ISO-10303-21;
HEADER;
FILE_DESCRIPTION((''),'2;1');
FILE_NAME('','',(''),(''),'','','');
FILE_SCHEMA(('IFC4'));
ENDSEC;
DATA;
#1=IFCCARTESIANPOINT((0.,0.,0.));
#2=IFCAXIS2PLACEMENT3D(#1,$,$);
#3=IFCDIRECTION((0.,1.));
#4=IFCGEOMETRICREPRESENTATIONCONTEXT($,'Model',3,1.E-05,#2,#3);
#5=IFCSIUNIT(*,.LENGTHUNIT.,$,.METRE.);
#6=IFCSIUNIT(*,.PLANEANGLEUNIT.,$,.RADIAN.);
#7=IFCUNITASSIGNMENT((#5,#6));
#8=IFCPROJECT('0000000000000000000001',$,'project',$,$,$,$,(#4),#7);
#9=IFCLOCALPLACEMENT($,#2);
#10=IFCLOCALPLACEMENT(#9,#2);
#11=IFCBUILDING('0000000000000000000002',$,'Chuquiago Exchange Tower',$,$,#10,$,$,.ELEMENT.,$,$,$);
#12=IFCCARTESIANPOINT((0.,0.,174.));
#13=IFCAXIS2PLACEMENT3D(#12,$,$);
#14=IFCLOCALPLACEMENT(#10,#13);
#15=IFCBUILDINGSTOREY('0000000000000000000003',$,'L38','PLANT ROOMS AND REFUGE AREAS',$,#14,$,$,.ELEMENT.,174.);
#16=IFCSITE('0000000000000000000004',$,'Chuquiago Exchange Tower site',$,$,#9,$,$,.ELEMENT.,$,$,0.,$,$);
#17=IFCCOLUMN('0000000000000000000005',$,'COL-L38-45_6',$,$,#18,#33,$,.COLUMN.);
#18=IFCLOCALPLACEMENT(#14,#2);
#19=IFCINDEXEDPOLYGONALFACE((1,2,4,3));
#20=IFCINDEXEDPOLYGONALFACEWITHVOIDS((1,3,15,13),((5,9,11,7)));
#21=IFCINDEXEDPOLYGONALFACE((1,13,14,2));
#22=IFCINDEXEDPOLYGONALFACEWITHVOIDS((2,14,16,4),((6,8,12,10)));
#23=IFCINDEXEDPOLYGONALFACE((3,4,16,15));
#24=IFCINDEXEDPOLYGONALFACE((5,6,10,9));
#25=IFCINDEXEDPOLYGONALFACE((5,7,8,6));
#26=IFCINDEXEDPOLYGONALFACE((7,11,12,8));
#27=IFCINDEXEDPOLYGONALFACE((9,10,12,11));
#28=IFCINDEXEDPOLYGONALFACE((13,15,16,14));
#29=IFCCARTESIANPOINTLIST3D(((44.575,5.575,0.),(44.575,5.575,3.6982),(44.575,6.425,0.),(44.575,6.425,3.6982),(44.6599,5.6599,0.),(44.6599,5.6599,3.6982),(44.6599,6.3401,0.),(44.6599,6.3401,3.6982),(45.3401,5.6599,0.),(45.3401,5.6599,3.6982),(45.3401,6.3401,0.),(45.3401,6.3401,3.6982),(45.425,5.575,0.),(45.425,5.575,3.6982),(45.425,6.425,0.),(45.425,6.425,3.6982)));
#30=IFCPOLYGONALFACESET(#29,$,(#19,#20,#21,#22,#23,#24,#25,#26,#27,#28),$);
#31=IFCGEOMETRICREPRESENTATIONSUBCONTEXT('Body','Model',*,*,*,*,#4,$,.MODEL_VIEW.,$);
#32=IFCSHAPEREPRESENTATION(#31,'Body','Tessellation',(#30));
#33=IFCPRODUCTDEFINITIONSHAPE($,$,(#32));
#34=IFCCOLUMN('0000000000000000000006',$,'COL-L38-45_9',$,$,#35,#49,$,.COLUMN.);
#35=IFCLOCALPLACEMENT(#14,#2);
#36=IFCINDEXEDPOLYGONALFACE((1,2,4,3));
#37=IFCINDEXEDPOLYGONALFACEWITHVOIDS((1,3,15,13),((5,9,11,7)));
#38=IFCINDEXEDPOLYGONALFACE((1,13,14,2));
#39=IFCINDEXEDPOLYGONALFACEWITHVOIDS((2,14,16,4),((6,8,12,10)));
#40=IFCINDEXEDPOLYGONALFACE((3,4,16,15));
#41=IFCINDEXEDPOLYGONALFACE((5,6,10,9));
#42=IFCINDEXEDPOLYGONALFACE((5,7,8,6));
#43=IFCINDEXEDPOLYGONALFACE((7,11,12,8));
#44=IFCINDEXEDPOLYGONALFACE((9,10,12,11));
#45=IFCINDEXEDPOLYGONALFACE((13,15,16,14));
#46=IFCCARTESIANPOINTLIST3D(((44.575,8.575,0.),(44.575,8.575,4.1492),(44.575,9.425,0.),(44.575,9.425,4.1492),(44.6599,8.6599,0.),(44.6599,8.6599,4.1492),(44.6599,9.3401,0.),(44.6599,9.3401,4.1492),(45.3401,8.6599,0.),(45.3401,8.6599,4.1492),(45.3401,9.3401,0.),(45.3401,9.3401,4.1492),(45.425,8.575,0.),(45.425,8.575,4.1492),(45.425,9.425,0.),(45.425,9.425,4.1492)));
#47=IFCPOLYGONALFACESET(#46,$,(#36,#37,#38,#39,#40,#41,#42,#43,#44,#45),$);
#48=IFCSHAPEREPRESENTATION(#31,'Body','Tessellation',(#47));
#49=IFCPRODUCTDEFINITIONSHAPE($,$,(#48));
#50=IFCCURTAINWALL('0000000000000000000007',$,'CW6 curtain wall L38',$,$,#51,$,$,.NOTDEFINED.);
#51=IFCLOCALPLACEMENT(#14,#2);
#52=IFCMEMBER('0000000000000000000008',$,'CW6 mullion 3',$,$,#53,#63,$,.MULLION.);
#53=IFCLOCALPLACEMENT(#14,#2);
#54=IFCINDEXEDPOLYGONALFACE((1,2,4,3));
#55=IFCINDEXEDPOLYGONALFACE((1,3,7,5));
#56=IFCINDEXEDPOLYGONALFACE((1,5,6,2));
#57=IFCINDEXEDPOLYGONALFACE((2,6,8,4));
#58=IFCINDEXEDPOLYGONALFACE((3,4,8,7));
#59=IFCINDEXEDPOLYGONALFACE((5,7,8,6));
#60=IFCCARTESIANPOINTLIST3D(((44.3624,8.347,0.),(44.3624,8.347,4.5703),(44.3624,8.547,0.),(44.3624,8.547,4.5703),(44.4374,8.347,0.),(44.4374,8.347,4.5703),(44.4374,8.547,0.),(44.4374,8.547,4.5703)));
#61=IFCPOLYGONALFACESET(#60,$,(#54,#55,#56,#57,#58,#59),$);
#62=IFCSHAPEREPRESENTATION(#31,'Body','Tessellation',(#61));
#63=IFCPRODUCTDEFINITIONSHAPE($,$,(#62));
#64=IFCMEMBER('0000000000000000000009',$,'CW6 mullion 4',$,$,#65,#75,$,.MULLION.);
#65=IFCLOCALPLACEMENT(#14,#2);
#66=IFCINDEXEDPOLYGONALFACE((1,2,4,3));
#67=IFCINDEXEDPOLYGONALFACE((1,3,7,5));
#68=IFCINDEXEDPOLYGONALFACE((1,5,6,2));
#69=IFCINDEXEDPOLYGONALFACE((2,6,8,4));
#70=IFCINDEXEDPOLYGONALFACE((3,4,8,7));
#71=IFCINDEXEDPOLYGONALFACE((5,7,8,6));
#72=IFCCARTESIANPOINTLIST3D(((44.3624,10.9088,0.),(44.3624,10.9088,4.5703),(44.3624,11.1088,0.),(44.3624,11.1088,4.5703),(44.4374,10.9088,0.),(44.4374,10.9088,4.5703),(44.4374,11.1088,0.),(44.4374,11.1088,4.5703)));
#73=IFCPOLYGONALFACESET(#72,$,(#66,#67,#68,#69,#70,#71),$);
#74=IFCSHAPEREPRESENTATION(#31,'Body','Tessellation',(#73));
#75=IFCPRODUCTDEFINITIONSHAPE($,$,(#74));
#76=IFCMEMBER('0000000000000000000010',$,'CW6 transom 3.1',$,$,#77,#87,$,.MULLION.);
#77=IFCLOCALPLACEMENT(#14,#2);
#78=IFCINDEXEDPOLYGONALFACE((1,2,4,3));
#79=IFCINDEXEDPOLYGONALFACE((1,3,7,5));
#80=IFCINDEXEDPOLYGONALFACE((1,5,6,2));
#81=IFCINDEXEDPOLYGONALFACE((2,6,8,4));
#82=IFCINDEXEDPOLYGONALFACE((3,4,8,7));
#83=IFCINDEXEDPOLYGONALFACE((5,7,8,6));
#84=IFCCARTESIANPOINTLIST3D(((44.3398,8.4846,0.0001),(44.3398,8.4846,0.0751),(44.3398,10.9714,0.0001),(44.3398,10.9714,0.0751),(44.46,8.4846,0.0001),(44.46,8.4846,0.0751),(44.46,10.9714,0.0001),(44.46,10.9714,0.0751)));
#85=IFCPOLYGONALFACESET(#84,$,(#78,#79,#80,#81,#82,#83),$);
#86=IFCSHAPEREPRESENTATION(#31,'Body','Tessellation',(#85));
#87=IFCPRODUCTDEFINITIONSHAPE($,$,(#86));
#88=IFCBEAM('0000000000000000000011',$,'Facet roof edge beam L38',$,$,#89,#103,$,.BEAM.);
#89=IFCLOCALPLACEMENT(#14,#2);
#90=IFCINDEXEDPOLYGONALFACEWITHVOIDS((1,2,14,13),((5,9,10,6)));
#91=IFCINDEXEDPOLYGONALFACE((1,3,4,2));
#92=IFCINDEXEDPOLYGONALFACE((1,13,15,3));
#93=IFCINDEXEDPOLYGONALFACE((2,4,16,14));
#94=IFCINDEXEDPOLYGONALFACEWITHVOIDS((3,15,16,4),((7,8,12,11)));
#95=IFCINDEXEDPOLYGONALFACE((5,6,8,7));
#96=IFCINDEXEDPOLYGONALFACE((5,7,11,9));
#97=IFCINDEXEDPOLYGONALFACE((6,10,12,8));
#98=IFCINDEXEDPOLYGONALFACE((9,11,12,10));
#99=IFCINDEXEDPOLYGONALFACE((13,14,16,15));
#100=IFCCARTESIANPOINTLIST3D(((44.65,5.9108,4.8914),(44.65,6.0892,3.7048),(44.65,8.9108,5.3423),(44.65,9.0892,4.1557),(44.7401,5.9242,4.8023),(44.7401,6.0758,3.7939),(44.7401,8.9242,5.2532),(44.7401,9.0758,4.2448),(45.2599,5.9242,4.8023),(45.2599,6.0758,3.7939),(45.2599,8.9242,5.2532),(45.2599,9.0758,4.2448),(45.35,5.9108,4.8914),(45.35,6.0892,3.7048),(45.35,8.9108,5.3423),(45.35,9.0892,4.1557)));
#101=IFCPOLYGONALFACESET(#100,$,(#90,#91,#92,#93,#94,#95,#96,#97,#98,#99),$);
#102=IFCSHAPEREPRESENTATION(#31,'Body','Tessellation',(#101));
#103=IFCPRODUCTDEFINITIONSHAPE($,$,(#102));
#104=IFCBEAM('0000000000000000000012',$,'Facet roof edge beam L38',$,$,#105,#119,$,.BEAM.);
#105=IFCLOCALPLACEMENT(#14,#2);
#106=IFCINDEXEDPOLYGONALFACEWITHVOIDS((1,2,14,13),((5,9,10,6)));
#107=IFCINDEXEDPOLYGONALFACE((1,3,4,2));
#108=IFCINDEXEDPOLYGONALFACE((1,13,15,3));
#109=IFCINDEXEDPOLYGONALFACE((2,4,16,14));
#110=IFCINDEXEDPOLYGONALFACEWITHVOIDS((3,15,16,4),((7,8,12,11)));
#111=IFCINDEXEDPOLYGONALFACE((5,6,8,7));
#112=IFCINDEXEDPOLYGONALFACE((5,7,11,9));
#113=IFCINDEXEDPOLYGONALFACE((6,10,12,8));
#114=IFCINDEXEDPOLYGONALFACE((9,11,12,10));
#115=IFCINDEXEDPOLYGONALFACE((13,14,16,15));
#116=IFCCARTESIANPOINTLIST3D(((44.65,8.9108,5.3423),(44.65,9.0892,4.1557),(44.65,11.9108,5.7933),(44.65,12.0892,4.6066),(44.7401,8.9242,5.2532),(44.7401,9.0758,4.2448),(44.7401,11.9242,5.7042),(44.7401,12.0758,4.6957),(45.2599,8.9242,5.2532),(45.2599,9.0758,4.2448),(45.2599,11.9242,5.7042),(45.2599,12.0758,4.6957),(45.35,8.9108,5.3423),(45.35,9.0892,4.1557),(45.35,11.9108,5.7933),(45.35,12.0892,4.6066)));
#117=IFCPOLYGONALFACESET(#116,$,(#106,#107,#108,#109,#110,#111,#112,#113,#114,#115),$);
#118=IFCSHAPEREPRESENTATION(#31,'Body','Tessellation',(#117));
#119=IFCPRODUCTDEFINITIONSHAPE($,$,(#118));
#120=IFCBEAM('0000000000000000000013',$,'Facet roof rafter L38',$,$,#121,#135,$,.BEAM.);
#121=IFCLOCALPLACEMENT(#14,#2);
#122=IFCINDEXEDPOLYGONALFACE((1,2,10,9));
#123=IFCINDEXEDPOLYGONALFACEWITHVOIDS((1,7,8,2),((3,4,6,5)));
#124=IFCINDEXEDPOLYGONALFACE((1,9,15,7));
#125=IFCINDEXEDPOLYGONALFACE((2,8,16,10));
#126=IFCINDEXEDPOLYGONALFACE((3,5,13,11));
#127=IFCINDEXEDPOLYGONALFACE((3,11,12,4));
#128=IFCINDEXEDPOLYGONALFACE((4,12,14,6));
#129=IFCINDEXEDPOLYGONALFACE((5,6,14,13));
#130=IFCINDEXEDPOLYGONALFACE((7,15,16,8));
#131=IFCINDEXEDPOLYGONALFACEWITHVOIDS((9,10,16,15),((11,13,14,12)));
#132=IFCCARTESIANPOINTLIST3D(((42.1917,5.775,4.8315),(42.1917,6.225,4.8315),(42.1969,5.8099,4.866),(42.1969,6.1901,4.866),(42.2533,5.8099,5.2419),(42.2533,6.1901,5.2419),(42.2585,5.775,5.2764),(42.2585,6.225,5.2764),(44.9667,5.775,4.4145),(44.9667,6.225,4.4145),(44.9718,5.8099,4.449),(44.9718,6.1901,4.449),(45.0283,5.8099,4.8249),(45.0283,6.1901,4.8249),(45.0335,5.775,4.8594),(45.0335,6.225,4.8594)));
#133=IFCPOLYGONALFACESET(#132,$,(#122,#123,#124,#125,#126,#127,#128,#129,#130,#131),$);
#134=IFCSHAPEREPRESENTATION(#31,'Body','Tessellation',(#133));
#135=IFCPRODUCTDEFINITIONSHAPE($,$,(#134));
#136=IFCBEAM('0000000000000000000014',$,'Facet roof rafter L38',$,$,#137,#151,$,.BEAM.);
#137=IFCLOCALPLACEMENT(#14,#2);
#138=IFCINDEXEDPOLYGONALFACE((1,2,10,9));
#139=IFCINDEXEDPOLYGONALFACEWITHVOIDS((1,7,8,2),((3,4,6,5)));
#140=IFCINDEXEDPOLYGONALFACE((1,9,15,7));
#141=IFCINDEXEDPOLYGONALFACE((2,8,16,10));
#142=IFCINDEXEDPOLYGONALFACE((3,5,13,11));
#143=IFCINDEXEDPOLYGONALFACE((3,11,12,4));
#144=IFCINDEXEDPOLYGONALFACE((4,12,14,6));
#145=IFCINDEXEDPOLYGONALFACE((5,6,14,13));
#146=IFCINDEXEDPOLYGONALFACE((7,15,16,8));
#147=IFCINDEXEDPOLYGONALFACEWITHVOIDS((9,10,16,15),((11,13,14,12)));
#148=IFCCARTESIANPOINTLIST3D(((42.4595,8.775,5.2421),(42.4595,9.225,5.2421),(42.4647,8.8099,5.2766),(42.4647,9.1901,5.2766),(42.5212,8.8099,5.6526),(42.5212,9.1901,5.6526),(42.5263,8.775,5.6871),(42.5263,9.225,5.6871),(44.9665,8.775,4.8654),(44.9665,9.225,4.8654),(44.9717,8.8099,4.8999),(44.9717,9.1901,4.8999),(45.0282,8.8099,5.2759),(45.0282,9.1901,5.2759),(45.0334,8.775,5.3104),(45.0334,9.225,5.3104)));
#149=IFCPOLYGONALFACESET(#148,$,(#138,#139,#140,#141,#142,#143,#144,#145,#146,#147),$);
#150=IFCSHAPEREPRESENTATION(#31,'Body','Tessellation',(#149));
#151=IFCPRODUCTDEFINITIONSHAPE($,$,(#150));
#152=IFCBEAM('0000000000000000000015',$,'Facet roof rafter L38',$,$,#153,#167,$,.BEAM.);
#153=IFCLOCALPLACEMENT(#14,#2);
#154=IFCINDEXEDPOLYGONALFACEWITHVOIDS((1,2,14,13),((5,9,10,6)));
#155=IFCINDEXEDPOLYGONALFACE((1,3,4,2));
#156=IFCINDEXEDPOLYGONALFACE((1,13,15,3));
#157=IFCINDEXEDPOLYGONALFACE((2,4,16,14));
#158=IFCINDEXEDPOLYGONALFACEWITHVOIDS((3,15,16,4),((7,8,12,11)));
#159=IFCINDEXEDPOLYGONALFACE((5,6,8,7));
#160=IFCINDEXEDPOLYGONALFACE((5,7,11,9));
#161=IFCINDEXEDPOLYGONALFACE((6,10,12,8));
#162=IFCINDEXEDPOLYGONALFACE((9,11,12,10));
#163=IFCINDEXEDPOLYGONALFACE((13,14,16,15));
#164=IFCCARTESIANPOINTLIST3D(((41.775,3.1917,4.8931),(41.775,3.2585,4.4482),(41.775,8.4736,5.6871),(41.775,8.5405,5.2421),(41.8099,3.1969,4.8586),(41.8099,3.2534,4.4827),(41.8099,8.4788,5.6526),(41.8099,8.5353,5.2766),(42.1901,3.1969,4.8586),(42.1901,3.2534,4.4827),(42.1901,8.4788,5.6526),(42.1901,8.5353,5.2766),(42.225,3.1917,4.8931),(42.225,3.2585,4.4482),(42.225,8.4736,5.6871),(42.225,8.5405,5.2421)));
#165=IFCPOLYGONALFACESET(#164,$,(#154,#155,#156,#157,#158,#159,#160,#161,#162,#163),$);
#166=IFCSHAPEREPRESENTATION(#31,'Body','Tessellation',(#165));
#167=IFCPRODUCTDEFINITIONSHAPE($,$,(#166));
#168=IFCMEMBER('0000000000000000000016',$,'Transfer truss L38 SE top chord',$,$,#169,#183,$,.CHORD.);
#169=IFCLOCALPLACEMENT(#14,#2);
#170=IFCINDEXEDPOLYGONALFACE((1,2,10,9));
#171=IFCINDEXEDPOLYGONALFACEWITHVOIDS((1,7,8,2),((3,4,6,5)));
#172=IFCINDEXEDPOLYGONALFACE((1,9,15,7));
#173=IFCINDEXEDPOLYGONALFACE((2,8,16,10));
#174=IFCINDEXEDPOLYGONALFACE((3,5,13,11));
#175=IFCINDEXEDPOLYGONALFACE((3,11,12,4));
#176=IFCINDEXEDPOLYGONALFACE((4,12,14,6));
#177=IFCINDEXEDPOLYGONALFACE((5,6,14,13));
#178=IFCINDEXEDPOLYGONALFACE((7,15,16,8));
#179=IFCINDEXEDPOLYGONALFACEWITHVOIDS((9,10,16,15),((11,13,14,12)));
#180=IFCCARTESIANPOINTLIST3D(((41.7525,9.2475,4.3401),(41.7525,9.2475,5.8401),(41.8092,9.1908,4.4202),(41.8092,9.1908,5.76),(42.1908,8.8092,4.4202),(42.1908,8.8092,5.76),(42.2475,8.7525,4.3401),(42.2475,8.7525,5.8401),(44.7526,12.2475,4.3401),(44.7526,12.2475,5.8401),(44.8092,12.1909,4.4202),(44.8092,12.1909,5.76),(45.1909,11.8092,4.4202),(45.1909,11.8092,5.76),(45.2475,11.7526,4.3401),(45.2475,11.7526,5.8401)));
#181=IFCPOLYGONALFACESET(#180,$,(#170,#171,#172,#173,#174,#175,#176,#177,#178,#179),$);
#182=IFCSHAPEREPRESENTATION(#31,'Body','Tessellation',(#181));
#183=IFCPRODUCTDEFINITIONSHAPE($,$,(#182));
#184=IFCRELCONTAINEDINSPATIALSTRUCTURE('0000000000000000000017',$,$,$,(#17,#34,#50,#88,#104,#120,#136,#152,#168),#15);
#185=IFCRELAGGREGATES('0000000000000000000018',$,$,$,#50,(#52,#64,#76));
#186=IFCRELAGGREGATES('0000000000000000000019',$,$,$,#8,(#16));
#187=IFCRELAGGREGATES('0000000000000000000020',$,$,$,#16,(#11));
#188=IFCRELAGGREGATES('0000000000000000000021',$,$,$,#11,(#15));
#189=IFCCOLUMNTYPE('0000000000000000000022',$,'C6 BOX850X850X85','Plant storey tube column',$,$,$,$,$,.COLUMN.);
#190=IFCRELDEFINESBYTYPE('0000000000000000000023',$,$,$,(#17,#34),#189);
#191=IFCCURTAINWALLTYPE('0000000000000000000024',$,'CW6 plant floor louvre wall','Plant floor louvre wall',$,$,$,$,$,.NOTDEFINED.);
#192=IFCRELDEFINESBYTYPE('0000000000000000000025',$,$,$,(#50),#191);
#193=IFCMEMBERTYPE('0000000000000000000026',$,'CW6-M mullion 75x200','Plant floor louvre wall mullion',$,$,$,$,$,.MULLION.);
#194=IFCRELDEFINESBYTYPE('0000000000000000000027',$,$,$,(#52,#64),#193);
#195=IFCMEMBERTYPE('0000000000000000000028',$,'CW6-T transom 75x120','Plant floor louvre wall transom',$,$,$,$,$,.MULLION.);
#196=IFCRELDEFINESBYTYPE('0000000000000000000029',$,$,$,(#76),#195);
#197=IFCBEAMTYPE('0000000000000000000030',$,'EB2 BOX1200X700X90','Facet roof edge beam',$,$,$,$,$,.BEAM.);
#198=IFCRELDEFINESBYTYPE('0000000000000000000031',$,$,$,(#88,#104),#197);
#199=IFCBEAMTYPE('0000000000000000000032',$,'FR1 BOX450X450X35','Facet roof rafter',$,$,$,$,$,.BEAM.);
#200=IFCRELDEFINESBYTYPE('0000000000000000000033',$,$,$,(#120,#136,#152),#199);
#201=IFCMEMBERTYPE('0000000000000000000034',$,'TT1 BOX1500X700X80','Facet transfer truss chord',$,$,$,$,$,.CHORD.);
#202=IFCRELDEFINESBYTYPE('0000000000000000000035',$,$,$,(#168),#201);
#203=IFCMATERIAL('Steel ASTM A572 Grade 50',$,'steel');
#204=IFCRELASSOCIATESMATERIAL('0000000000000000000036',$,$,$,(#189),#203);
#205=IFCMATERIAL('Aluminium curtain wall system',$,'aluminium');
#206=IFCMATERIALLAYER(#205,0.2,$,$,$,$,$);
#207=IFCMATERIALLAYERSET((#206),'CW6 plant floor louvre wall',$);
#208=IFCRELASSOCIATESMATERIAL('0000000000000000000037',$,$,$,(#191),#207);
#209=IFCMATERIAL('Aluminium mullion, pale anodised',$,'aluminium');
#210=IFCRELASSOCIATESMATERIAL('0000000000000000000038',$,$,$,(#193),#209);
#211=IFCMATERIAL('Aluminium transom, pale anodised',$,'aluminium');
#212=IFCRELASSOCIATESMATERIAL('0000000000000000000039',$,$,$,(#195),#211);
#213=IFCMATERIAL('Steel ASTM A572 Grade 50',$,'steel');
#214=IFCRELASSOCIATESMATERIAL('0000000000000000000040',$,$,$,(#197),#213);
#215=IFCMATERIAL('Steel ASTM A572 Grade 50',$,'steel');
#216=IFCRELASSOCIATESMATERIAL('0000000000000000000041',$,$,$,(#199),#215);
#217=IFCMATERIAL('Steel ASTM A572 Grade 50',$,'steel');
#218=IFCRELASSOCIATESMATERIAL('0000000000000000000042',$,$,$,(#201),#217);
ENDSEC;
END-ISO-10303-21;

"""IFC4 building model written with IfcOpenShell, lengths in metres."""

from ifc_helpers import new_model, si_unit, direction, frame, origin, origin_2d, place, context, subcontext, project, spatial, rectangle, hollow_rectangle, extrude, material, layer, layer_set, material_profile, profile_set, type_object, element, aggregate, save


model = new_model("IFC4")

# Units and contexts
model_context = context("Model", 3, precision=1e-05, world=origin(), true_north=direction((0.0, 1.0)))
body_context = subcontext(model_context, "Body", "Model", "MODEL_VIEW")
ifc_project = project(units=[si_unit("LENGTHUNIT", "METRE"), si_unit("PLANEANGLEUNIT", "RADIAN")], contexts=[model_context])

# Site, building, storey
site_placement = place(None, origin())
site = spatial("IfcSite", under=ifc_project, at=site_placement, Name="Chuquiago Exchange Tower site", CompositionType="ELEMENT", RefElevation=0.0)
building_placement = place(site_placement, origin())
building = spatial("IfcBuilding", under=site, at=building_placement, Name="Chuquiago Exchange Tower", CompositionType="ELEMENT")
storey_placement = place(building_placement, frame((0.0, 0.0, 174.0)))
storey = spatial("IfcBuildingStorey", under=building, at=storey_placement, Name="L38", Description="PLANT ROOMS AND REFUGE AREAS", CompositionType="ELEMENT", Elevation=174.0)

# Columns
ifc_material_1 = material(Name="Steel ASTM A572 Grade 50", Category="steel")
ifc_material_profile_1 = material_profile(ifc_material_1, hollow_rectangle(XDim=0.8501, YDim=0.8501, WallThickness=0.085, at=origin_2d()), Name="BOX850X850X85")
ifc_profile_set_1 = profile_set([ifc_material_profile_1], Name="Steel ASTM A572 Grade 50")
column_type = type_object("IfcColumnType", Name="C6 BOX850X850X85", Description="Plant storey tube column", PredefinedType="COLUMN", material=ifc_profile_set_1)
column_1_placement = place(storey_placement, frame((45.0, 6.0, 0.0), z_axis=(0.0, 0.0, 1.0), x_axis=(1.0, 0.0, 0.0)))
element("IfcColumn", 1, at=column_1_placement, inside=storey, type_object=column_type, Name="COL-L38-45_6", PredefinedType="COLUMN", context=body_context, shape_type="SweptSolid", body=[
    extrude(hollow_rectangle(XDim=0.8501, YDim=0.8501, WallThickness=0.085, at=origin_2d()), origin(), (0.0, 0.0, 1.0), 3.6982),
])
column_2_placement = place(storey_placement, frame((45.0, 9.0, 0.0), z_axis=(0.0, 0.0, 1.0), x_axis=(1.0, 0.0, 0.0)))
element("IfcColumn", 2, at=column_2_placement, inside=storey, type_object=column_type, Name="COL-L38-45_9", PredefinedType="COLUMN", context=body_context, shape_type="SweptSolid", body=[
    extrude(hollow_rectangle(XDim=0.8501, YDim=0.8501, WallThickness=0.085, at=origin_2d()), origin(), (0.0, 0.0, 1.0), 4.1492),
])

# Curtain wall, members
ifc_material_2 = material(Name="Aluminium curtain wall system", Category="aluminium")
ifc_layer_1 = layer(ifc_material_2, 0.2)
ifc_layer_set_1 = layer_set([ifc_layer_1], Name="CW6 plant floor louvre wall")
curtain_wall_type = type_object("IfcCurtainWallType", Name="CW6 plant floor louvre wall", Description="Plant floor louvre wall", PredefinedType="NOTDEFINED", material=ifc_layer_set_1)
curtain_wall_placement = place(storey_placement, origin())
curtain_wall = element("IfcCurtainWall", 3, at=curtain_wall_placement, inside=storey, type_object=curtain_wall_type, Name="CW6 curtain wall L38", PredefinedType="NOTDEFINED")
ifc_material_3 = material(Name="Aluminium mullion, pale anodised", Category="aluminium")
ifc_material_profile_2 = material_profile(ifc_material_3, rectangle(XDim=0.075, YDim=0.2, at=origin_2d()), Name="AL 75x200")
ifc_profile_set_2 = profile_set([ifc_material_profile_2], Name="Aluminium mullion, pale anodised")
member_type_1 = type_object("IfcMemberType", Name="CW6-M mullion 75x200", Description="Plant floor louvre wall mullion", PredefinedType="MULLION", material=ifc_profile_set_2)
member_1_placement = place(storey_placement, frame((44.3999, 8.447, 0.0), z_axis=(0.0, 0.0, 1.0), x_axis=(-1.0, 0.0, 0.0)))
member_1 = element("IfcMember", 4, at=member_1_placement, type_object=member_type_1, Name="CW6 mullion 3", PredefinedType="MULLION", context=body_context, shape_type="SweptSolid", body=[
    extrude(rectangle(XDim=0.075, YDim=0.2, at=origin_2d()), origin(), (0.0, 0.0, 1.0), 4.5703),
])
member_2_placement = place(storey_placement, frame((44.3999, 11.0088, 0.0), z_axis=(0.0, 0.0, 1.0), x_axis=(-1.0, 0.0, 0.0)))
member_2 = element("IfcMember", 5, at=member_2_placement, type_object=member_type_1, Name="CW6 mullion 4", PredefinedType="MULLION", context=body_context, shape_type="SweptSolid", body=[
    extrude(rectangle(XDim=0.075, YDim=0.2, at=origin_2d()), origin(), (0.0, 0.0, 1.0), 4.5703),
])
ifc_material_4 = material(Name="Aluminium transom, pale anodised", Category="aluminium")
ifc_material_profile_3 = material_profile(ifc_material_4, rectangle(XDim=0.1201, YDim=0.075, at=origin_2d()), Name="AL 120x75")
ifc_profile_set_3 = profile_set([ifc_material_profile_3], Name="Aluminium transom, pale anodised")
member_type_2 = type_object("IfcMemberType", Name="CW6-T transom 75x120", Description="Plant floor louvre wall transom", PredefinedType="MULLION", material=ifc_profile_set_3)
member_3_placement = place(storey_placement, frame((44.3999, 8.4846, 0.0376), z_axis=(0.0, 1.0, 0.0), x_axis=(-1.0, 0.0, 0.0)))
member_3 = element("IfcMember", 6, at=member_3_placement, type_object=member_type_2, Name="CW6 transom 3.1", PredefinedType="MULLION", context=body_context, shape_type="SweptSolid", body=[
    extrude(rectangle(XDim=0.1201, YDim=0.075, at=origin_2d()), origin(), (0.0, 0.0, 1.0), 2.4868),
])

# Beams
ifc_material_5 = material(Name="Steel ASTM A572 Grade 50", Category="steel")
ifc_material_profile_4 = material_profile(ifc_material_5, hollow_rectangle(XDim=0.7, YDim=1.2, WallThickness=0.0901, at=origin_2d()), Name="BOX1200X700X90")
ifc_profile_set_4 = profile_set([ifc_material_profile_4], Name="Steel ASTM A572 Grade 50")
beam_type_1 = type_object("IfcBeamType", Name="EB2 BOX1200X700X90", Description="Facet roof edge beam", PredefinedType="BEAM", material=ifc_profile_set_4)
for number, where, z_axis, x_axis, name in (
    (7, (45.0, 6.0, 4.2981), (0.0, 0.988891, 0.14864), (-1.0, 0.0, 0.0), "Facet roof edge beam L38"),
    (8, (45.0, 9.0, 4.749), (0.0, 0.988891, 0.14864), (-1.0, 0.0, 0.0), "Facet roof edge beam L38"),
):
    element("IfcBeam", number, at=place(storey_placement, frame(where, z_axis=z_axis, x_axis=x_axis)), inside=storey, type_object=beam_type_1, Name=name, PredefinedType="BEAM", context=body_context, shape_type="SweptSolid", body=[
        extrude(hollow_rectangle(XDim=0.7, YDim=1.2, WallThickness=0.0901, at=origin_2d()), origin(), (0.0, 0.0, 1.0), 3.0337),
    ])
ifc_material_6 = material(Name="Steel ASTM A572 Grade 50", Category="steel")
ifc_material_profile_5 = material_profile(ifc_material_6, hollow_rectangle(XDim=0.45, YDim=0.45, WallThickness=0.0349, at=origin_2d()), Name="BOX450X450X35")
ifc_profile_set_5 = profile_set([ifc_material_profile_5], Name="Steel ASTM A572 Grade 50")
beam_type_2 = type_object("IfcBeamType", Name="FR1 BOX450X450X35", Description="Facet roof rafter", PredefinedType="BEAM", material=ifc_profile_set_5)
beam_1_placement = place(storey_placement, frame((42.2251, 6.0, 5.054), z_axis=(0.988897, 0.0, -0.148604), x_axis=(0.0, 1.0, 0.0)))
element("IfcBeam", 9, at=beam_1_placement, inside=storey, type_object=beam_type_2, Name="Facet roof rafter L38", PredefinedType="BEAM", context=body_context, shape_type="SweptSolid", body=[
    extrude(hollow_rectangle(XDim=0.45, YDim=0.45, WallThickness=0.0349, at=origin_2d()), origin(), (0.0, 0.0, 1.0), 2.8062),
])
beam_2_placement = place(storey_placement, frame((42.4929, 9.0, 5.4646), z_axis=(0.988899, 0.0, -0.14859), x_axis=(0.0, 1.0, 0.0)))
element("IfcBeam", 10, at=beam_2_placement, inside=storey, type_object=beam_type_2, Name="Facet roof rafter L38", PredefinedType="BEAM", context=body_context, shape_type="SweptSolid", body=[
    extrude(hollow_rectangle(XDim=0.45, YDim=0.45, WallThickness=0.0349, at=origin_2d()), origin(), (0.0, 0.0, 1.0), 2.5352),
])
beam_3_placement = place(storey_placement, frame((42.0, 8.5071, 5.4646), z_axis=(0.0, -0.988891, -0.148642), x_axis=(1.0, 0.0, 0.0)))
element("IfcBeam", 11, at=beam_3_placement, inside=storey, type_object=beam_type_2, Name="Facet roof rafter L38", PredefinedType="BEAM", context=body_context, shape_type="SweptSolid", body=[
    extrude(hollow_rectangle(XDim=0.45, YDim=0.45, WallThickness=0.0349, at=origin_2d()), origin(), (0.0, 0.0, 1.0), 5.3413),
])

# Member
ifc_material_7 = material(Name="Steel ASTM A572 Grade 50", Category="steel")
ifc_material_profile_6 = material_profile(ifc_material_7, hollow_rectangle(XDim=0.7, YDim=1.5, WallThickness=0.0801, at=origin_2d()), Name="BOX1500X700X80")
ifc_profile_set_6 = profile_set([ifc_material_profile_6], Name="Steel ASTM A572 Grade 50")
member_type_3 = type_object("IfcMemberType", Name="TT1 BOX1500X700X80", Description="Facet transfer truss chord", PredefinedType="CHORD", material=ifc_profile_set_6)
member_4_placement = place(storey_placement, frame((42.0, 9.0, 5.0901), z_axis=(0.707107, 0.707107, 0.0), x_axis=(-0.707107, 0.707107, 0.0)))
element("IfcMember", 12, at=member_4_placement, inside=storey, type_object=member_type_3, Name="Transfer truss L38 SE top chord", PredefinedType="CHORD", context=body_context, shape_type="SweptSolid", body=[
    extrude(hollow_rectangle(XDim=0.7, YDim=1.5, WallThickness=0.0801, at=origin_2d()), origin(), (0.0, 0.0, 1.0), 4.2427),
])

aggregate(curtain_wall, [member_1, member_2, member_3])

save(model, "model.ifc")
